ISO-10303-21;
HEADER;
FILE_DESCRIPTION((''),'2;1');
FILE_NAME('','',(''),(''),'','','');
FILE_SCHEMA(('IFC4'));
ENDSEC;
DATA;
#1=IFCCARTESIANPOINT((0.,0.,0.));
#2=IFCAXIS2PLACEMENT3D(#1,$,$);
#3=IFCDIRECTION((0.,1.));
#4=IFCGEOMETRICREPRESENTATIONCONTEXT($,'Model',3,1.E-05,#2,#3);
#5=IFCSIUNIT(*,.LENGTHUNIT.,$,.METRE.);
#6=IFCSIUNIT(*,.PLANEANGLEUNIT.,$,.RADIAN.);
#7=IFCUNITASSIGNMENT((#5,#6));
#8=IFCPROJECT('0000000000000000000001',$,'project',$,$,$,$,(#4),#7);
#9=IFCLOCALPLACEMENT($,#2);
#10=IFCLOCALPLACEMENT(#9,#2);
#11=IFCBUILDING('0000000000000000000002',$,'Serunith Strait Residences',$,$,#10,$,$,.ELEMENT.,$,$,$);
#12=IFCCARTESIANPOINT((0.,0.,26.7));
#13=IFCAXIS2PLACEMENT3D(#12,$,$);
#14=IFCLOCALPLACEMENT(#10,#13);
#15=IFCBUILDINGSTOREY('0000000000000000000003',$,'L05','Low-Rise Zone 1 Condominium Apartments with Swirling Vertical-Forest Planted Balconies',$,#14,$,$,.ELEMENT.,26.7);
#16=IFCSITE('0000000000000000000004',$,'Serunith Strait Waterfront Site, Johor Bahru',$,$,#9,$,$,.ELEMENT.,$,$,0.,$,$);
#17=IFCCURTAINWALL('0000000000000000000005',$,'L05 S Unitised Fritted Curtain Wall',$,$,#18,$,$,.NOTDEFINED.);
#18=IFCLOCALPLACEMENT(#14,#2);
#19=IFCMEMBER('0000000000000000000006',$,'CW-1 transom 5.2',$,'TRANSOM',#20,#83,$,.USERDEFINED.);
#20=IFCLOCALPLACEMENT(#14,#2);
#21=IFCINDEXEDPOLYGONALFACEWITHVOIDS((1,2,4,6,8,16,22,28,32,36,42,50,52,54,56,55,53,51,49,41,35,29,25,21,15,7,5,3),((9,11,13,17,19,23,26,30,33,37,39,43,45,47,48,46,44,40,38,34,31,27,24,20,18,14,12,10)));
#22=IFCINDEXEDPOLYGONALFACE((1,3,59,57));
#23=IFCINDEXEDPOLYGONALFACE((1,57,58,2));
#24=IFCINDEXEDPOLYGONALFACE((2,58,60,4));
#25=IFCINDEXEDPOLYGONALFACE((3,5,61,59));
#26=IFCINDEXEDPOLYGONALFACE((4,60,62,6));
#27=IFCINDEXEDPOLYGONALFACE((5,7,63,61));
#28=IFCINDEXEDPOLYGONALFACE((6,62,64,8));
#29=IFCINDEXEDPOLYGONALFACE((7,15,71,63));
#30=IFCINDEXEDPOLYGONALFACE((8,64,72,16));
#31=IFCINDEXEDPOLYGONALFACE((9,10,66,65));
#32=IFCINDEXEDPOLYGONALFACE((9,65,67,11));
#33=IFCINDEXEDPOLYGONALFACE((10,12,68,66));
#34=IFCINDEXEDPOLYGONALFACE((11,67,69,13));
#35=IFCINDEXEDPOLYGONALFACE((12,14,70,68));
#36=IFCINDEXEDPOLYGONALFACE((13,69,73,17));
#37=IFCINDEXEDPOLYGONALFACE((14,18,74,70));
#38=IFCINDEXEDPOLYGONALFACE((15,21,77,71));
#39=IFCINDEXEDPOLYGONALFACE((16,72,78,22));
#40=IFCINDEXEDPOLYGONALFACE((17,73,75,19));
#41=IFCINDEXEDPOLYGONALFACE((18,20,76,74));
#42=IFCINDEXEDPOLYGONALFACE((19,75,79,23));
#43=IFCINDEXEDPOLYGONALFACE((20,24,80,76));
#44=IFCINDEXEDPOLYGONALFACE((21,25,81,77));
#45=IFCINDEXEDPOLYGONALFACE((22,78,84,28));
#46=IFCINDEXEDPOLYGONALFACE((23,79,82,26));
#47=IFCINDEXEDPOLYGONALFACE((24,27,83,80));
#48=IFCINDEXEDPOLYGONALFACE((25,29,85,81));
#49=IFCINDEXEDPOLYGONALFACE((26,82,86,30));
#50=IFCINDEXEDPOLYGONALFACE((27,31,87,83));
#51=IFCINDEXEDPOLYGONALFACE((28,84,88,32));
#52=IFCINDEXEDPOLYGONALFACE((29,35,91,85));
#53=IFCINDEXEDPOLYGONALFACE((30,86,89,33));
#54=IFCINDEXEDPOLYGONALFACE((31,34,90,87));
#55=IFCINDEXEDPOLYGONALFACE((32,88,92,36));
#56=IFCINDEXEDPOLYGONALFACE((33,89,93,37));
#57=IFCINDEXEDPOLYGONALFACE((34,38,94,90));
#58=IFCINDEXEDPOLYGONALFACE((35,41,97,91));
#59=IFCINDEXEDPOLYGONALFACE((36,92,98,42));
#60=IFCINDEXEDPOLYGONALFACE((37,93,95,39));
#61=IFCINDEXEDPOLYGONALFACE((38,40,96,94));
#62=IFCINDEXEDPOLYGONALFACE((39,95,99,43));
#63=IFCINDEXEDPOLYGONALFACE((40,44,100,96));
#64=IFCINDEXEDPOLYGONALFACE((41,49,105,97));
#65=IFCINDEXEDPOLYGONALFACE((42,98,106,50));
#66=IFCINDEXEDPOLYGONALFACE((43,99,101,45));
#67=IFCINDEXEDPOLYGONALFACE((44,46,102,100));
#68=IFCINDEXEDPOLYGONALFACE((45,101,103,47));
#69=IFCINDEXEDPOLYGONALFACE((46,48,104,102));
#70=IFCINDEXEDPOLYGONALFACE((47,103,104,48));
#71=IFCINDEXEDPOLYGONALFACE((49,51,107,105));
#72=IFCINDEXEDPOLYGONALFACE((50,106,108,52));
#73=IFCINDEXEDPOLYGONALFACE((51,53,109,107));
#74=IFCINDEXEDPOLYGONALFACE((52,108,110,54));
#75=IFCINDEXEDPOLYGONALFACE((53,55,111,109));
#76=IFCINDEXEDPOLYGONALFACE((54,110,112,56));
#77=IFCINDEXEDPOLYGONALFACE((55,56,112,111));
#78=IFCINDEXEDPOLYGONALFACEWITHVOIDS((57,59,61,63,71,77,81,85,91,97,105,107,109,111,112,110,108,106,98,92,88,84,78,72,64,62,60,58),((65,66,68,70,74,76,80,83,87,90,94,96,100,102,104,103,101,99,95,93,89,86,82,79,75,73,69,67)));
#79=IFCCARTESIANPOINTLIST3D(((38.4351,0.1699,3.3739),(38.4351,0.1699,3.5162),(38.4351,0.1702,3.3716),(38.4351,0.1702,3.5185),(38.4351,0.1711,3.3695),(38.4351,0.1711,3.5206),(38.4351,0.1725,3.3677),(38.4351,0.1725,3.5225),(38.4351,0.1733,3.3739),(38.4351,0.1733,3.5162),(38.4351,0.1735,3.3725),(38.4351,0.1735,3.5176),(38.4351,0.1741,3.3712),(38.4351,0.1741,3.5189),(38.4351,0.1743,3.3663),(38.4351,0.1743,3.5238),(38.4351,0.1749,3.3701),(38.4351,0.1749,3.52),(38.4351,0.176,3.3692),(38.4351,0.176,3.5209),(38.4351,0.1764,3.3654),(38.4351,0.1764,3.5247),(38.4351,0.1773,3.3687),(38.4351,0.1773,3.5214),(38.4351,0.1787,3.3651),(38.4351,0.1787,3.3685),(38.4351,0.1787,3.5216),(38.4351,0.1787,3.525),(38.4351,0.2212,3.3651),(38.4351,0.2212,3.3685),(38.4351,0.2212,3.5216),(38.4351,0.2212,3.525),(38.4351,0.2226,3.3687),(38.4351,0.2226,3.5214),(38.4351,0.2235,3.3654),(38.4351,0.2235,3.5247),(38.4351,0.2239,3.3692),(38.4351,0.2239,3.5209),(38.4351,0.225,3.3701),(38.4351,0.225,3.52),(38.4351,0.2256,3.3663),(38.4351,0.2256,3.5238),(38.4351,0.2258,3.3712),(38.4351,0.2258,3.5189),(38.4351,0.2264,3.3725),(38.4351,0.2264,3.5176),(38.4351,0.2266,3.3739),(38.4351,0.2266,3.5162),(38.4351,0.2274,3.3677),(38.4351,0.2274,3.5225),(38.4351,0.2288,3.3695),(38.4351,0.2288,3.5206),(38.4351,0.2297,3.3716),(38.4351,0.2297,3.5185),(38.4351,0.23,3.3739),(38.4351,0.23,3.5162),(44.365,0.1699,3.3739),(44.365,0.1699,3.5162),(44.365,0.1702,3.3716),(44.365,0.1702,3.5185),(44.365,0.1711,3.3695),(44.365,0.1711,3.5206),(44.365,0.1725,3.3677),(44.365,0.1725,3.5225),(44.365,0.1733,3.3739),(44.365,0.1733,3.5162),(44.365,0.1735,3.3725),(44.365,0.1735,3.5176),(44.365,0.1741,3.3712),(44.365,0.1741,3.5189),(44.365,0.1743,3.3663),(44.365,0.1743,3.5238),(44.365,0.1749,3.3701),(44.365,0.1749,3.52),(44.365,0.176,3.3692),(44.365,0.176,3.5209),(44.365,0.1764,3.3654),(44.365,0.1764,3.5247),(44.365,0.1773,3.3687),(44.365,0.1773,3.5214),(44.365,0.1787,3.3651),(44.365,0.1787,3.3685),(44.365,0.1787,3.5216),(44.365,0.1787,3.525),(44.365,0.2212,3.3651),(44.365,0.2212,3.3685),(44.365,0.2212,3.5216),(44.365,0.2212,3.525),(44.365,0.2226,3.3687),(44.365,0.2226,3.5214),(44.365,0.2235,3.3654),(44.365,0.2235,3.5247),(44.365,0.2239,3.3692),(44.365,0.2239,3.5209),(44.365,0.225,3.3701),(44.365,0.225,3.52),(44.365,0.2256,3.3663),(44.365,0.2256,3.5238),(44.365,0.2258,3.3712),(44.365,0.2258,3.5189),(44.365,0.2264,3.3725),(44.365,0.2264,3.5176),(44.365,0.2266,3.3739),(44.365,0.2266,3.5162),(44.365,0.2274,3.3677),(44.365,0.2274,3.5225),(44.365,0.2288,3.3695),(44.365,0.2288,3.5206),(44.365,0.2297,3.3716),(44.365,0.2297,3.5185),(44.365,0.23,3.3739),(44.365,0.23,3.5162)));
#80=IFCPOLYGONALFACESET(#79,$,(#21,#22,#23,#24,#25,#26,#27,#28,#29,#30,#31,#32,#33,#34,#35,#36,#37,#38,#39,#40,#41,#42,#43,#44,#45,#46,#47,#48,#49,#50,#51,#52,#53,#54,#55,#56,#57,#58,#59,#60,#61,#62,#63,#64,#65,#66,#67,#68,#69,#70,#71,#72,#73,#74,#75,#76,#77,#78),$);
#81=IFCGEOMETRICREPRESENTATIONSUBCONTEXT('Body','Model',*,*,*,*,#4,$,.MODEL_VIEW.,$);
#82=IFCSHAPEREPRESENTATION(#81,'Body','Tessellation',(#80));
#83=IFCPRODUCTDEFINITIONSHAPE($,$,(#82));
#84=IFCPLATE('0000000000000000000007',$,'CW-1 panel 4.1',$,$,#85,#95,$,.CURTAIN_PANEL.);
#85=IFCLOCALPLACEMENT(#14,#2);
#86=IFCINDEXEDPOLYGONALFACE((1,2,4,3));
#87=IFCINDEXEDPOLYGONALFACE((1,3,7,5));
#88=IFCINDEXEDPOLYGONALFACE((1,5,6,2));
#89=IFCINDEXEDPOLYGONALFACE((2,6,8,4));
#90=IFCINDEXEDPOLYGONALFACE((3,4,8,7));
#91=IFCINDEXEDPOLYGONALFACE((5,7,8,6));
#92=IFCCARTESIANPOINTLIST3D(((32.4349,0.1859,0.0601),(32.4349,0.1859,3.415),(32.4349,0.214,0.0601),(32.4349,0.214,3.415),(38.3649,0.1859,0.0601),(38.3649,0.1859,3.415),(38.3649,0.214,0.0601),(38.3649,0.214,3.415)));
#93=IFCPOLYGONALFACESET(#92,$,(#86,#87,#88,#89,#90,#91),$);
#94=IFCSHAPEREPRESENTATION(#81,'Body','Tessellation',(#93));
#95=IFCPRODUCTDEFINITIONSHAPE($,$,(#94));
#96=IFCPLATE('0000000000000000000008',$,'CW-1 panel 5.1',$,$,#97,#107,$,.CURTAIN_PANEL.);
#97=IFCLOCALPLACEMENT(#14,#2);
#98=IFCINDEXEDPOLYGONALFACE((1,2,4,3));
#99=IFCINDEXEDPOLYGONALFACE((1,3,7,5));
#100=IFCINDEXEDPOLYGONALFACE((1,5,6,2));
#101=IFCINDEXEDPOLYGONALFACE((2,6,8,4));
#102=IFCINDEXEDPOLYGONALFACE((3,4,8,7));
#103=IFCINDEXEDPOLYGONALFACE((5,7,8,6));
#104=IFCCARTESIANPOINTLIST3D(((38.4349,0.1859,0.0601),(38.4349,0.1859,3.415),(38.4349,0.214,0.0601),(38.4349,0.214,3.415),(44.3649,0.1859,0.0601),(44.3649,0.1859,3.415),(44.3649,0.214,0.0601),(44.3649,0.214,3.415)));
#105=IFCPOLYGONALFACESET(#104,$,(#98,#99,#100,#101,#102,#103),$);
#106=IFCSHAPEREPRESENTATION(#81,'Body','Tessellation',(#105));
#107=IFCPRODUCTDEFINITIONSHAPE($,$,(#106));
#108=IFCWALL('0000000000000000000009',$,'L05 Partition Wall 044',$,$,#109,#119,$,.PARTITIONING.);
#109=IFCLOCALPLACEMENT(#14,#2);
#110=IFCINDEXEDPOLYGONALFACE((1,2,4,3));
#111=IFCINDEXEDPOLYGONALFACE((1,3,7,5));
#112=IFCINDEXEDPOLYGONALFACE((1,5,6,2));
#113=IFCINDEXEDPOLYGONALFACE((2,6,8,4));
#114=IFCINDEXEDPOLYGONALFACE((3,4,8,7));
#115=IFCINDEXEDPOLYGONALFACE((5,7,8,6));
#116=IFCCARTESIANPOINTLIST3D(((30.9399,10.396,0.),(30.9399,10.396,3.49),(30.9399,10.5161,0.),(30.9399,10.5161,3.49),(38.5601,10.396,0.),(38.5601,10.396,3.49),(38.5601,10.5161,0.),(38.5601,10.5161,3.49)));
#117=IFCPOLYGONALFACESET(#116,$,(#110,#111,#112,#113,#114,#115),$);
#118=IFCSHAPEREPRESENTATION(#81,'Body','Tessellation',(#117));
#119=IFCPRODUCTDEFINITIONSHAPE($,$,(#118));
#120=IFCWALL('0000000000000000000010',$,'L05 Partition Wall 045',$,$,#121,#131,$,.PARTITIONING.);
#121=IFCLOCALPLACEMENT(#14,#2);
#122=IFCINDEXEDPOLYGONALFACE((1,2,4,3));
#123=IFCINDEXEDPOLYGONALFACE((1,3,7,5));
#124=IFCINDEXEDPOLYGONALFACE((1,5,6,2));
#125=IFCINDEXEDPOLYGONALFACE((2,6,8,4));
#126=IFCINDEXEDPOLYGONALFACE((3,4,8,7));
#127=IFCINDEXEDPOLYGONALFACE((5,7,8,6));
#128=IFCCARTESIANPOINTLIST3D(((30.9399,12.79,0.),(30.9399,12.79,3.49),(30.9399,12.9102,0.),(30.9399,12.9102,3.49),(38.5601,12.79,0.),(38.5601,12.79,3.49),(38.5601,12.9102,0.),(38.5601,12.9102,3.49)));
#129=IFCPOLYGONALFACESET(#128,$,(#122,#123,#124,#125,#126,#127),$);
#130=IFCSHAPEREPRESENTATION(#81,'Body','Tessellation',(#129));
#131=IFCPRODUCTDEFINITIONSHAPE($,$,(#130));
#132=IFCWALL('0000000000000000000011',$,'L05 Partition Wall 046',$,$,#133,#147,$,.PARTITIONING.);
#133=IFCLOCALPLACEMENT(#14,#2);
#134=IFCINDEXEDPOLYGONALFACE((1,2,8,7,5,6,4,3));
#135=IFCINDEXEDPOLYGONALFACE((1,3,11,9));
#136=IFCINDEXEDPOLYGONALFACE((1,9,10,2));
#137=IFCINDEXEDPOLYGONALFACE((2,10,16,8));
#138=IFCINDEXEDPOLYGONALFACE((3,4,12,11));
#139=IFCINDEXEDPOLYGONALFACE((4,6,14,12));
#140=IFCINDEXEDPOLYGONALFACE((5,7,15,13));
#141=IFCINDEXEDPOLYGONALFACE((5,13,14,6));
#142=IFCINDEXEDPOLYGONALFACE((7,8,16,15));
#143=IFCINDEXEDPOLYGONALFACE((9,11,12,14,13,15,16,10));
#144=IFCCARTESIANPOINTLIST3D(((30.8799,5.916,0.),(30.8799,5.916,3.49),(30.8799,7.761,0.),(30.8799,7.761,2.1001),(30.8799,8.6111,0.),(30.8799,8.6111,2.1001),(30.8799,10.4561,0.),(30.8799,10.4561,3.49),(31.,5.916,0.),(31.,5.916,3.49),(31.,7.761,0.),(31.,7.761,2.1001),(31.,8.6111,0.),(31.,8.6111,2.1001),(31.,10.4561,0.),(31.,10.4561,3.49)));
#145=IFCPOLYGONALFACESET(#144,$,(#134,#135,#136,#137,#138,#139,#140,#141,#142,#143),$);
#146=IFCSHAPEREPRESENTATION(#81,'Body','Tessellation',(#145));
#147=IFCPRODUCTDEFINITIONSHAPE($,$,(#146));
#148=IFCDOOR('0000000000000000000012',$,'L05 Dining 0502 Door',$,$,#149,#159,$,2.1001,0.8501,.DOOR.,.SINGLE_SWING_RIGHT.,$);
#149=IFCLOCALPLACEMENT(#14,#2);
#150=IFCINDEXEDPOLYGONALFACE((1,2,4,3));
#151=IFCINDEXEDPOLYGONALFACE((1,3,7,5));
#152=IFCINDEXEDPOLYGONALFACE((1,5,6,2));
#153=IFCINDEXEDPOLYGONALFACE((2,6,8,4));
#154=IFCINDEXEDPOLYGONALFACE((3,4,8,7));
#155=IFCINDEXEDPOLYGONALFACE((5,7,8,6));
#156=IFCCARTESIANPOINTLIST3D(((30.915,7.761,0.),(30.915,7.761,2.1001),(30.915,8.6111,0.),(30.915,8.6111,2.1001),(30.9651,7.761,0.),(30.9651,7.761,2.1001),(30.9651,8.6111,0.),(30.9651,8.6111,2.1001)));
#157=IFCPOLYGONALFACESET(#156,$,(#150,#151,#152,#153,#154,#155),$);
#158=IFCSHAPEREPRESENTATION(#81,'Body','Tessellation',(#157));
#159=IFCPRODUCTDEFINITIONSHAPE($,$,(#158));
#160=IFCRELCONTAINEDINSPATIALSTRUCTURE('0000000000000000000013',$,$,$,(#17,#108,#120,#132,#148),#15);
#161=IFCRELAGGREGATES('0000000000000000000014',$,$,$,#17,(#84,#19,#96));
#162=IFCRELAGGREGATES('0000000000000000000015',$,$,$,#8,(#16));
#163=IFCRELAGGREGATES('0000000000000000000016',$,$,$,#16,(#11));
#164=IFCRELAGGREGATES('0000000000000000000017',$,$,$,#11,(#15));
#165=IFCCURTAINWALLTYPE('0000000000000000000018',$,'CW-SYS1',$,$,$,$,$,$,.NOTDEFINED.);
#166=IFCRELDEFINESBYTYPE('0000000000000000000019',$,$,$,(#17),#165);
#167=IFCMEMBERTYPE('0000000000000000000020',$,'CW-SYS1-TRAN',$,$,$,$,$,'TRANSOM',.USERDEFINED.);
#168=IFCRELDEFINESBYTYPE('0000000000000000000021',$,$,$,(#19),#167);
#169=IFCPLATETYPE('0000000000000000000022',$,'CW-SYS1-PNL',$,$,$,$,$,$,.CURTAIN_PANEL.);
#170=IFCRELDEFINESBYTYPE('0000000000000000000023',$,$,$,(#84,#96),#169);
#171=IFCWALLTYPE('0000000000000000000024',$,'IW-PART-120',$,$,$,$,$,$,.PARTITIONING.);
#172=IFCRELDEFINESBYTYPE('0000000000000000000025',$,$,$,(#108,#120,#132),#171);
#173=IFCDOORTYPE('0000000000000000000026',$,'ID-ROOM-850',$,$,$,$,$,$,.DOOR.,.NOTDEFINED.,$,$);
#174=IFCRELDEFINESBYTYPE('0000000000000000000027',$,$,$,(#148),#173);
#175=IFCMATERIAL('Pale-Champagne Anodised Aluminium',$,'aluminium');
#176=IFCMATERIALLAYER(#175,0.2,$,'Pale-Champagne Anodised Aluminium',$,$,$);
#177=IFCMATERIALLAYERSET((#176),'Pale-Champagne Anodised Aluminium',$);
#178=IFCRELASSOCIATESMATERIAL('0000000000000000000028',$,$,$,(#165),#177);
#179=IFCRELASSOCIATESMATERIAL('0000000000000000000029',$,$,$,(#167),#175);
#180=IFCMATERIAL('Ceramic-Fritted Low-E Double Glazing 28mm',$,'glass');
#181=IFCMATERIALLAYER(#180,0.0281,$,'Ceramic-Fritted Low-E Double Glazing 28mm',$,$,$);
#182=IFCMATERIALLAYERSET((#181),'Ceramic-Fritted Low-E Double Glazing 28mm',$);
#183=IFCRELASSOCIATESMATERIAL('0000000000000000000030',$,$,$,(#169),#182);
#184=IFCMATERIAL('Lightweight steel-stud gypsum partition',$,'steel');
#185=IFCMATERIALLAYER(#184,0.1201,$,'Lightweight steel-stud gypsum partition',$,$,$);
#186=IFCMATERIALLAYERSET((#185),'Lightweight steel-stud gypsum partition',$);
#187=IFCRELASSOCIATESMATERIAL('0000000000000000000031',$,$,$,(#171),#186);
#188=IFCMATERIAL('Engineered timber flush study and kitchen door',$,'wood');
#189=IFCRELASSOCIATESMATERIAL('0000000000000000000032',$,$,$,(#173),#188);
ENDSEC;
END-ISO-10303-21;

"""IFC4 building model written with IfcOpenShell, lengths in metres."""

from ifc_helpers import new_model, si_unit, direction, frame, frame_2d, origin, origin_2d, place, context, subcontext, project, spatial, rectangle, hollow_rectangle, extrude, source, transform, mapped, material, layer, layer_set, material_profile, profile_set, type_object, element, fill, aggregate, save


model = new_model("IFC4")

# Units and contexts
model_context = context("Model", 3, precision=1e-05, world=origin(), true_north=direction((0.0, 1.0)))
body_context = subcontext(model_context, "Body", "Model", "MODEL_VIEW")
ifc_project = project(units=[si_unit("LENGTHUNIT", "METRE"), si_unit("PLANEANGLEUNIT", "RADIAN")], contexts=[model_context])

# Site, building, storey
site_placement = place(None, origin())
site = spatial("IfcSite", under=ifc_project, at=site_placement, Name="Serunith Strait Waterfront Site, Johor Bahru", CompositionType="ELEMENT", RefElevation=0.0)
building_placement = place(site_placement, origin())
building = spatial("IfcBuilding", under=site, at=building_placement, Name="Serunith Strait Residences", CompositionType="ELEMENT")
storey_placement = place(building_placement, frame((0.0, 0.0, 26.7)))
storey = spatial("IfcBuildingStorey", under=building, at=storey_placement, Name="L05", Description="Low-Rise Zone 1 Condominium Apartments with Swirling Vertical-Forest Planted Balconies", CompositionType="ELEMENT", Elevation=26.7)

# Curtain wall, member, plates
ifc_material_1 = material(Name="Pale-Champagne Anodised Aluminium", Category="aluminium")
ifc_layer_1 = layer(ifc_material_1, 0.2, Name="Pale-Champagne Anodised Aluminium")
ifc_layer_set_1 = layer_set([ifc_layer_1], Name="Pale-Champagne Anodised Aluminium")
curtain_wall_type = type_object("IfcCurtainWallType", Name="CW-SYS1", PredefinedType="NOTDEFINED", material=ifc_layer_set_1)
curtain_wall_placement = place(storey_placement, origin())
curtain_wall = element("IfcCurtainWall", 1, at=curtain_wall_placement, inside=storey, type_object=curtain_wall_type, Name="L05 S Unitised Fritted Curtain Wall", PredefinedType="NOTDEFINED")
ifc_material_profile_1 = material_profile(ifc_material_1, hollow_rectangle(XDim=0.0601, YDim=0.1599, WallThickness=0.0034, InnerFilletRadius=0.0054, OuterFilletRadius=0.0088, at=origin_2d()), Name="ALU 160x60x3.5")
ifc_profile_set_1 = profile_set([ifc_material_profile_1], Name="Pale-Champagne Anodised Aluminium")
member_type_1 = type_object("IfcMemberType", Name="CW-SYS1-TRAN", ElementType="TRANSOM", PredefinedType="USERDEFINED", material=ifc_profile_set_1)
shared_shape_1 = source(origin(), body_context, "Body", "SweptSolid", [
    extrude(hollow_rectangle(XDim=0.0601, YDim=0.1599, WallThickness=0.0034, InnerFilletRadius=0.0054, OuterFilletRadius=0.0088, at=origin_2d()), origin(), (0.0, 0.0, 1.0), 5.9299),
])
member_1_placement = place(storey_placement, frame((38.4351, 0.2, 3.4451), z_axis=(1.0, 0.0, 0.0), x_axis=(0.0, 1.0, 0.0)))
member_1 = element("IfcMember", 2, at=member_1_placement, type_object=member_type_1, Name="CW-1 transom 5.2", ObjectType="TRANSOM", PredefinedType="USERDEFINED", context=body_context, shape_type="MappedRepresentation", body=[
    mapped(shared_shape_1, transform((0.0, 0.0, 0.0), scale=1.0)),
])
ifc_material_2 = material(Name="Ceramic-Fritted Low-E Double Glazing 28mm", Category="glass")
ifc_layer_2 = layer(ifc_material_2, 0.0281, Name="Ceramic-Fritted Low-E Double Glazing 28mm")
ifc_layer_set_2 = layer_set([ifc_layer_2], Name="Ceramic-Fritted Low-E Double Glazing 28mm")
plate_type = type_object("IfcPlateType", Name="CW-SYS1-PNL", PredefinedType="CURTAIN_PANEL", material=ifc_layer_set_2)
shared_shape_2 = source(origin(), body_context, "Body", "SweptSolid", [
    extrude(rectangle(XDim=5.9299, YDim=0.0281, at=origin_2d()), origin(), (0.0, 0.0, 1.0), 3.355),
])
plate_1_placement = place(storey_placement, frame((35.3999, 0.2, 0.0601), z_axis=(0.0, 0.0, 1.0), x_axis=(1.0, 0.0, 0.0)))
plate_1 = element("IfcPlate", 3, at=plate_1_placement, type_object=plate_type, Name="CW-1 panel 4.1", PredefinedType="CURTAIN_PANEL", context=body_context, shape_type="MappedRepresentation", body=[
    mapped(shared_shape_2, transform((0.0, 0.0, 0.0), scale=1.0)),
])
plate_2_placement = place(storey_placement, frame((41.3999, 0.2, 0.0601), z_axis=(0.0, 0.0, 1.0), x_axis=(1.0, 0.0, 0.0)))
plate_2 = element("IfcPlate", 4, at=plate_2_placement, type_object=plate_type, Name="CW-1 panel 5.1", PredefinedType="CURTAIN_PANEL", context=body_context, shape_type="MappedRepresentation", body=[
    mapped(shared_shape_2, transform((0.0, 0.0, 0.0), scale=1.0)),
])
aggregate(curtain_wall, [plate_1, member_1, plate_2])

# Walls
ifc_material_3 = material(Name="Lightweight steel-stud gypsum partition", Category="steel")
ifc_layer_3 = layer(ifc_material_3, 0.1201, Name="Lightweight steel-stud gypsum partition")
ifc_layer_set_3 = layer_set([ifc_layer_3], Name="Lightweight steel-stud gypsum partition")
wall_type_1 = type_object("IfcWallType", Name="IW-PART-120", PredefinedType="PARTITIONING", material=ifc_layer_set_3)
for number, where, z_axis, x_axis, name in (
    (5, (30.9399, 10.4561, 0.0), (0.0, 0.0, 1.0), (1.0, 0.0, 0.0), "L05 Partition Wall 044"),
    (6, (30.9399, 12.8501, 0.0), (0.0, 0.0, 1.0), (1.0, 0.0, 0.0), "L05 Partition Wall 045"),
):
    element("IfcWall", number, at=place(storey_placement, frame(where, z_axis=z_axis, x_axis=x_axis)), inside=storey, type_object=wall_type_1, Name=name, PredefinedType="PARTITIONING", context=body_context, shape_type="SweptSolid", body=[
        extrude(rectangle(XDim=7.6201, YDim=0.1201, at=frame_2d((3.8101, 0.0))), origin(), (0.0, 0.0, 1.0), 3.49),
    ])

# Wall, opening, door
wall_1_placement = place(storey_placement, frame((30.9399, 5.916, 0.0), z_axis=(0.0, 0.0, 1.0), x_axis=(0.0, 1.0, 0.0)))
wall_1 = element("IfcWall", 7, at=wall_1_placement, inside=storey, type_object=wall_type_1, Name="L05 Partition Wall 046", PredefinedType="PARTITIONING", context=body_context, shape_type="SweptSolid", body=[
    extrude(rectangle(XDim=4.54, YDim=0.1201, at=frame_2d((2.27, 0.0))), origin(), (0.0, 0.0, 1.0), 3.49),
])
opening_1_placement = place(wall_1_placement, frame((1.845, 0.0, 0.0)))
opening_1 = element("IfcOpeningElement", 8, at=opening_1_placement, cuts=wall_1, PredefinedType="OPENING", context=body_context, shape_type="SweptSolid", body=[
    extrude(rectangle(XDim=0.8501, YDim=2.1001, at=frame_2d((0.425, 1.05))), frame((0.0, 0.0701, 0.0), z_axis=(0.0, -1.0, 0.0), x_axis=(1.0, 0.0, 0.0)), (0.0, 0.0, 1.0), 0.1401),
])
ifc_material_4 = material(Name="Engineered timber flush study and kitchen door", Category="wood")
door_type_1 = type_object("IfcDoorType", Name="ID-ROOM-850", OperationType="NOTDEFINED", PredefinedType="DOOR", material=ifc_material_4)
shared_shape_3 = source(origin(), body_context, "Body", "SweptSolid", [
    extrude(rectangle(XDim=0.8501, YDim=2.1001, at=frame_2d((0.425, 1.05))), frame((0.0, 0.0249, 0.0), z_axis=(0.0, -1.0, 0.0), x_axis=(1.0, 0.0, 0.0)), (0.0, 0.0, 1.0), 0.05),
])
door_1_placement = place(opening_1_placement, origin())
door_1 = element("IfcDoor", 9, at=door_1_placement, inside=storey, type_object=door_type_1, Name="L05 Dining 0502 Door", OperationType="SINGLE_SWING_RIGHT", OverallHeight=2.1001, OverallWidth=0.8501, PredefinedType="DOOR", context=body_context, shape_type="MappedRepresentation", body=[
    mapped(shared_shape_3, transform((0.0, 0.0, 0.0), scale=1.0)),
])
fill(opening_1, door_1)

save(model, "model.ifc")
